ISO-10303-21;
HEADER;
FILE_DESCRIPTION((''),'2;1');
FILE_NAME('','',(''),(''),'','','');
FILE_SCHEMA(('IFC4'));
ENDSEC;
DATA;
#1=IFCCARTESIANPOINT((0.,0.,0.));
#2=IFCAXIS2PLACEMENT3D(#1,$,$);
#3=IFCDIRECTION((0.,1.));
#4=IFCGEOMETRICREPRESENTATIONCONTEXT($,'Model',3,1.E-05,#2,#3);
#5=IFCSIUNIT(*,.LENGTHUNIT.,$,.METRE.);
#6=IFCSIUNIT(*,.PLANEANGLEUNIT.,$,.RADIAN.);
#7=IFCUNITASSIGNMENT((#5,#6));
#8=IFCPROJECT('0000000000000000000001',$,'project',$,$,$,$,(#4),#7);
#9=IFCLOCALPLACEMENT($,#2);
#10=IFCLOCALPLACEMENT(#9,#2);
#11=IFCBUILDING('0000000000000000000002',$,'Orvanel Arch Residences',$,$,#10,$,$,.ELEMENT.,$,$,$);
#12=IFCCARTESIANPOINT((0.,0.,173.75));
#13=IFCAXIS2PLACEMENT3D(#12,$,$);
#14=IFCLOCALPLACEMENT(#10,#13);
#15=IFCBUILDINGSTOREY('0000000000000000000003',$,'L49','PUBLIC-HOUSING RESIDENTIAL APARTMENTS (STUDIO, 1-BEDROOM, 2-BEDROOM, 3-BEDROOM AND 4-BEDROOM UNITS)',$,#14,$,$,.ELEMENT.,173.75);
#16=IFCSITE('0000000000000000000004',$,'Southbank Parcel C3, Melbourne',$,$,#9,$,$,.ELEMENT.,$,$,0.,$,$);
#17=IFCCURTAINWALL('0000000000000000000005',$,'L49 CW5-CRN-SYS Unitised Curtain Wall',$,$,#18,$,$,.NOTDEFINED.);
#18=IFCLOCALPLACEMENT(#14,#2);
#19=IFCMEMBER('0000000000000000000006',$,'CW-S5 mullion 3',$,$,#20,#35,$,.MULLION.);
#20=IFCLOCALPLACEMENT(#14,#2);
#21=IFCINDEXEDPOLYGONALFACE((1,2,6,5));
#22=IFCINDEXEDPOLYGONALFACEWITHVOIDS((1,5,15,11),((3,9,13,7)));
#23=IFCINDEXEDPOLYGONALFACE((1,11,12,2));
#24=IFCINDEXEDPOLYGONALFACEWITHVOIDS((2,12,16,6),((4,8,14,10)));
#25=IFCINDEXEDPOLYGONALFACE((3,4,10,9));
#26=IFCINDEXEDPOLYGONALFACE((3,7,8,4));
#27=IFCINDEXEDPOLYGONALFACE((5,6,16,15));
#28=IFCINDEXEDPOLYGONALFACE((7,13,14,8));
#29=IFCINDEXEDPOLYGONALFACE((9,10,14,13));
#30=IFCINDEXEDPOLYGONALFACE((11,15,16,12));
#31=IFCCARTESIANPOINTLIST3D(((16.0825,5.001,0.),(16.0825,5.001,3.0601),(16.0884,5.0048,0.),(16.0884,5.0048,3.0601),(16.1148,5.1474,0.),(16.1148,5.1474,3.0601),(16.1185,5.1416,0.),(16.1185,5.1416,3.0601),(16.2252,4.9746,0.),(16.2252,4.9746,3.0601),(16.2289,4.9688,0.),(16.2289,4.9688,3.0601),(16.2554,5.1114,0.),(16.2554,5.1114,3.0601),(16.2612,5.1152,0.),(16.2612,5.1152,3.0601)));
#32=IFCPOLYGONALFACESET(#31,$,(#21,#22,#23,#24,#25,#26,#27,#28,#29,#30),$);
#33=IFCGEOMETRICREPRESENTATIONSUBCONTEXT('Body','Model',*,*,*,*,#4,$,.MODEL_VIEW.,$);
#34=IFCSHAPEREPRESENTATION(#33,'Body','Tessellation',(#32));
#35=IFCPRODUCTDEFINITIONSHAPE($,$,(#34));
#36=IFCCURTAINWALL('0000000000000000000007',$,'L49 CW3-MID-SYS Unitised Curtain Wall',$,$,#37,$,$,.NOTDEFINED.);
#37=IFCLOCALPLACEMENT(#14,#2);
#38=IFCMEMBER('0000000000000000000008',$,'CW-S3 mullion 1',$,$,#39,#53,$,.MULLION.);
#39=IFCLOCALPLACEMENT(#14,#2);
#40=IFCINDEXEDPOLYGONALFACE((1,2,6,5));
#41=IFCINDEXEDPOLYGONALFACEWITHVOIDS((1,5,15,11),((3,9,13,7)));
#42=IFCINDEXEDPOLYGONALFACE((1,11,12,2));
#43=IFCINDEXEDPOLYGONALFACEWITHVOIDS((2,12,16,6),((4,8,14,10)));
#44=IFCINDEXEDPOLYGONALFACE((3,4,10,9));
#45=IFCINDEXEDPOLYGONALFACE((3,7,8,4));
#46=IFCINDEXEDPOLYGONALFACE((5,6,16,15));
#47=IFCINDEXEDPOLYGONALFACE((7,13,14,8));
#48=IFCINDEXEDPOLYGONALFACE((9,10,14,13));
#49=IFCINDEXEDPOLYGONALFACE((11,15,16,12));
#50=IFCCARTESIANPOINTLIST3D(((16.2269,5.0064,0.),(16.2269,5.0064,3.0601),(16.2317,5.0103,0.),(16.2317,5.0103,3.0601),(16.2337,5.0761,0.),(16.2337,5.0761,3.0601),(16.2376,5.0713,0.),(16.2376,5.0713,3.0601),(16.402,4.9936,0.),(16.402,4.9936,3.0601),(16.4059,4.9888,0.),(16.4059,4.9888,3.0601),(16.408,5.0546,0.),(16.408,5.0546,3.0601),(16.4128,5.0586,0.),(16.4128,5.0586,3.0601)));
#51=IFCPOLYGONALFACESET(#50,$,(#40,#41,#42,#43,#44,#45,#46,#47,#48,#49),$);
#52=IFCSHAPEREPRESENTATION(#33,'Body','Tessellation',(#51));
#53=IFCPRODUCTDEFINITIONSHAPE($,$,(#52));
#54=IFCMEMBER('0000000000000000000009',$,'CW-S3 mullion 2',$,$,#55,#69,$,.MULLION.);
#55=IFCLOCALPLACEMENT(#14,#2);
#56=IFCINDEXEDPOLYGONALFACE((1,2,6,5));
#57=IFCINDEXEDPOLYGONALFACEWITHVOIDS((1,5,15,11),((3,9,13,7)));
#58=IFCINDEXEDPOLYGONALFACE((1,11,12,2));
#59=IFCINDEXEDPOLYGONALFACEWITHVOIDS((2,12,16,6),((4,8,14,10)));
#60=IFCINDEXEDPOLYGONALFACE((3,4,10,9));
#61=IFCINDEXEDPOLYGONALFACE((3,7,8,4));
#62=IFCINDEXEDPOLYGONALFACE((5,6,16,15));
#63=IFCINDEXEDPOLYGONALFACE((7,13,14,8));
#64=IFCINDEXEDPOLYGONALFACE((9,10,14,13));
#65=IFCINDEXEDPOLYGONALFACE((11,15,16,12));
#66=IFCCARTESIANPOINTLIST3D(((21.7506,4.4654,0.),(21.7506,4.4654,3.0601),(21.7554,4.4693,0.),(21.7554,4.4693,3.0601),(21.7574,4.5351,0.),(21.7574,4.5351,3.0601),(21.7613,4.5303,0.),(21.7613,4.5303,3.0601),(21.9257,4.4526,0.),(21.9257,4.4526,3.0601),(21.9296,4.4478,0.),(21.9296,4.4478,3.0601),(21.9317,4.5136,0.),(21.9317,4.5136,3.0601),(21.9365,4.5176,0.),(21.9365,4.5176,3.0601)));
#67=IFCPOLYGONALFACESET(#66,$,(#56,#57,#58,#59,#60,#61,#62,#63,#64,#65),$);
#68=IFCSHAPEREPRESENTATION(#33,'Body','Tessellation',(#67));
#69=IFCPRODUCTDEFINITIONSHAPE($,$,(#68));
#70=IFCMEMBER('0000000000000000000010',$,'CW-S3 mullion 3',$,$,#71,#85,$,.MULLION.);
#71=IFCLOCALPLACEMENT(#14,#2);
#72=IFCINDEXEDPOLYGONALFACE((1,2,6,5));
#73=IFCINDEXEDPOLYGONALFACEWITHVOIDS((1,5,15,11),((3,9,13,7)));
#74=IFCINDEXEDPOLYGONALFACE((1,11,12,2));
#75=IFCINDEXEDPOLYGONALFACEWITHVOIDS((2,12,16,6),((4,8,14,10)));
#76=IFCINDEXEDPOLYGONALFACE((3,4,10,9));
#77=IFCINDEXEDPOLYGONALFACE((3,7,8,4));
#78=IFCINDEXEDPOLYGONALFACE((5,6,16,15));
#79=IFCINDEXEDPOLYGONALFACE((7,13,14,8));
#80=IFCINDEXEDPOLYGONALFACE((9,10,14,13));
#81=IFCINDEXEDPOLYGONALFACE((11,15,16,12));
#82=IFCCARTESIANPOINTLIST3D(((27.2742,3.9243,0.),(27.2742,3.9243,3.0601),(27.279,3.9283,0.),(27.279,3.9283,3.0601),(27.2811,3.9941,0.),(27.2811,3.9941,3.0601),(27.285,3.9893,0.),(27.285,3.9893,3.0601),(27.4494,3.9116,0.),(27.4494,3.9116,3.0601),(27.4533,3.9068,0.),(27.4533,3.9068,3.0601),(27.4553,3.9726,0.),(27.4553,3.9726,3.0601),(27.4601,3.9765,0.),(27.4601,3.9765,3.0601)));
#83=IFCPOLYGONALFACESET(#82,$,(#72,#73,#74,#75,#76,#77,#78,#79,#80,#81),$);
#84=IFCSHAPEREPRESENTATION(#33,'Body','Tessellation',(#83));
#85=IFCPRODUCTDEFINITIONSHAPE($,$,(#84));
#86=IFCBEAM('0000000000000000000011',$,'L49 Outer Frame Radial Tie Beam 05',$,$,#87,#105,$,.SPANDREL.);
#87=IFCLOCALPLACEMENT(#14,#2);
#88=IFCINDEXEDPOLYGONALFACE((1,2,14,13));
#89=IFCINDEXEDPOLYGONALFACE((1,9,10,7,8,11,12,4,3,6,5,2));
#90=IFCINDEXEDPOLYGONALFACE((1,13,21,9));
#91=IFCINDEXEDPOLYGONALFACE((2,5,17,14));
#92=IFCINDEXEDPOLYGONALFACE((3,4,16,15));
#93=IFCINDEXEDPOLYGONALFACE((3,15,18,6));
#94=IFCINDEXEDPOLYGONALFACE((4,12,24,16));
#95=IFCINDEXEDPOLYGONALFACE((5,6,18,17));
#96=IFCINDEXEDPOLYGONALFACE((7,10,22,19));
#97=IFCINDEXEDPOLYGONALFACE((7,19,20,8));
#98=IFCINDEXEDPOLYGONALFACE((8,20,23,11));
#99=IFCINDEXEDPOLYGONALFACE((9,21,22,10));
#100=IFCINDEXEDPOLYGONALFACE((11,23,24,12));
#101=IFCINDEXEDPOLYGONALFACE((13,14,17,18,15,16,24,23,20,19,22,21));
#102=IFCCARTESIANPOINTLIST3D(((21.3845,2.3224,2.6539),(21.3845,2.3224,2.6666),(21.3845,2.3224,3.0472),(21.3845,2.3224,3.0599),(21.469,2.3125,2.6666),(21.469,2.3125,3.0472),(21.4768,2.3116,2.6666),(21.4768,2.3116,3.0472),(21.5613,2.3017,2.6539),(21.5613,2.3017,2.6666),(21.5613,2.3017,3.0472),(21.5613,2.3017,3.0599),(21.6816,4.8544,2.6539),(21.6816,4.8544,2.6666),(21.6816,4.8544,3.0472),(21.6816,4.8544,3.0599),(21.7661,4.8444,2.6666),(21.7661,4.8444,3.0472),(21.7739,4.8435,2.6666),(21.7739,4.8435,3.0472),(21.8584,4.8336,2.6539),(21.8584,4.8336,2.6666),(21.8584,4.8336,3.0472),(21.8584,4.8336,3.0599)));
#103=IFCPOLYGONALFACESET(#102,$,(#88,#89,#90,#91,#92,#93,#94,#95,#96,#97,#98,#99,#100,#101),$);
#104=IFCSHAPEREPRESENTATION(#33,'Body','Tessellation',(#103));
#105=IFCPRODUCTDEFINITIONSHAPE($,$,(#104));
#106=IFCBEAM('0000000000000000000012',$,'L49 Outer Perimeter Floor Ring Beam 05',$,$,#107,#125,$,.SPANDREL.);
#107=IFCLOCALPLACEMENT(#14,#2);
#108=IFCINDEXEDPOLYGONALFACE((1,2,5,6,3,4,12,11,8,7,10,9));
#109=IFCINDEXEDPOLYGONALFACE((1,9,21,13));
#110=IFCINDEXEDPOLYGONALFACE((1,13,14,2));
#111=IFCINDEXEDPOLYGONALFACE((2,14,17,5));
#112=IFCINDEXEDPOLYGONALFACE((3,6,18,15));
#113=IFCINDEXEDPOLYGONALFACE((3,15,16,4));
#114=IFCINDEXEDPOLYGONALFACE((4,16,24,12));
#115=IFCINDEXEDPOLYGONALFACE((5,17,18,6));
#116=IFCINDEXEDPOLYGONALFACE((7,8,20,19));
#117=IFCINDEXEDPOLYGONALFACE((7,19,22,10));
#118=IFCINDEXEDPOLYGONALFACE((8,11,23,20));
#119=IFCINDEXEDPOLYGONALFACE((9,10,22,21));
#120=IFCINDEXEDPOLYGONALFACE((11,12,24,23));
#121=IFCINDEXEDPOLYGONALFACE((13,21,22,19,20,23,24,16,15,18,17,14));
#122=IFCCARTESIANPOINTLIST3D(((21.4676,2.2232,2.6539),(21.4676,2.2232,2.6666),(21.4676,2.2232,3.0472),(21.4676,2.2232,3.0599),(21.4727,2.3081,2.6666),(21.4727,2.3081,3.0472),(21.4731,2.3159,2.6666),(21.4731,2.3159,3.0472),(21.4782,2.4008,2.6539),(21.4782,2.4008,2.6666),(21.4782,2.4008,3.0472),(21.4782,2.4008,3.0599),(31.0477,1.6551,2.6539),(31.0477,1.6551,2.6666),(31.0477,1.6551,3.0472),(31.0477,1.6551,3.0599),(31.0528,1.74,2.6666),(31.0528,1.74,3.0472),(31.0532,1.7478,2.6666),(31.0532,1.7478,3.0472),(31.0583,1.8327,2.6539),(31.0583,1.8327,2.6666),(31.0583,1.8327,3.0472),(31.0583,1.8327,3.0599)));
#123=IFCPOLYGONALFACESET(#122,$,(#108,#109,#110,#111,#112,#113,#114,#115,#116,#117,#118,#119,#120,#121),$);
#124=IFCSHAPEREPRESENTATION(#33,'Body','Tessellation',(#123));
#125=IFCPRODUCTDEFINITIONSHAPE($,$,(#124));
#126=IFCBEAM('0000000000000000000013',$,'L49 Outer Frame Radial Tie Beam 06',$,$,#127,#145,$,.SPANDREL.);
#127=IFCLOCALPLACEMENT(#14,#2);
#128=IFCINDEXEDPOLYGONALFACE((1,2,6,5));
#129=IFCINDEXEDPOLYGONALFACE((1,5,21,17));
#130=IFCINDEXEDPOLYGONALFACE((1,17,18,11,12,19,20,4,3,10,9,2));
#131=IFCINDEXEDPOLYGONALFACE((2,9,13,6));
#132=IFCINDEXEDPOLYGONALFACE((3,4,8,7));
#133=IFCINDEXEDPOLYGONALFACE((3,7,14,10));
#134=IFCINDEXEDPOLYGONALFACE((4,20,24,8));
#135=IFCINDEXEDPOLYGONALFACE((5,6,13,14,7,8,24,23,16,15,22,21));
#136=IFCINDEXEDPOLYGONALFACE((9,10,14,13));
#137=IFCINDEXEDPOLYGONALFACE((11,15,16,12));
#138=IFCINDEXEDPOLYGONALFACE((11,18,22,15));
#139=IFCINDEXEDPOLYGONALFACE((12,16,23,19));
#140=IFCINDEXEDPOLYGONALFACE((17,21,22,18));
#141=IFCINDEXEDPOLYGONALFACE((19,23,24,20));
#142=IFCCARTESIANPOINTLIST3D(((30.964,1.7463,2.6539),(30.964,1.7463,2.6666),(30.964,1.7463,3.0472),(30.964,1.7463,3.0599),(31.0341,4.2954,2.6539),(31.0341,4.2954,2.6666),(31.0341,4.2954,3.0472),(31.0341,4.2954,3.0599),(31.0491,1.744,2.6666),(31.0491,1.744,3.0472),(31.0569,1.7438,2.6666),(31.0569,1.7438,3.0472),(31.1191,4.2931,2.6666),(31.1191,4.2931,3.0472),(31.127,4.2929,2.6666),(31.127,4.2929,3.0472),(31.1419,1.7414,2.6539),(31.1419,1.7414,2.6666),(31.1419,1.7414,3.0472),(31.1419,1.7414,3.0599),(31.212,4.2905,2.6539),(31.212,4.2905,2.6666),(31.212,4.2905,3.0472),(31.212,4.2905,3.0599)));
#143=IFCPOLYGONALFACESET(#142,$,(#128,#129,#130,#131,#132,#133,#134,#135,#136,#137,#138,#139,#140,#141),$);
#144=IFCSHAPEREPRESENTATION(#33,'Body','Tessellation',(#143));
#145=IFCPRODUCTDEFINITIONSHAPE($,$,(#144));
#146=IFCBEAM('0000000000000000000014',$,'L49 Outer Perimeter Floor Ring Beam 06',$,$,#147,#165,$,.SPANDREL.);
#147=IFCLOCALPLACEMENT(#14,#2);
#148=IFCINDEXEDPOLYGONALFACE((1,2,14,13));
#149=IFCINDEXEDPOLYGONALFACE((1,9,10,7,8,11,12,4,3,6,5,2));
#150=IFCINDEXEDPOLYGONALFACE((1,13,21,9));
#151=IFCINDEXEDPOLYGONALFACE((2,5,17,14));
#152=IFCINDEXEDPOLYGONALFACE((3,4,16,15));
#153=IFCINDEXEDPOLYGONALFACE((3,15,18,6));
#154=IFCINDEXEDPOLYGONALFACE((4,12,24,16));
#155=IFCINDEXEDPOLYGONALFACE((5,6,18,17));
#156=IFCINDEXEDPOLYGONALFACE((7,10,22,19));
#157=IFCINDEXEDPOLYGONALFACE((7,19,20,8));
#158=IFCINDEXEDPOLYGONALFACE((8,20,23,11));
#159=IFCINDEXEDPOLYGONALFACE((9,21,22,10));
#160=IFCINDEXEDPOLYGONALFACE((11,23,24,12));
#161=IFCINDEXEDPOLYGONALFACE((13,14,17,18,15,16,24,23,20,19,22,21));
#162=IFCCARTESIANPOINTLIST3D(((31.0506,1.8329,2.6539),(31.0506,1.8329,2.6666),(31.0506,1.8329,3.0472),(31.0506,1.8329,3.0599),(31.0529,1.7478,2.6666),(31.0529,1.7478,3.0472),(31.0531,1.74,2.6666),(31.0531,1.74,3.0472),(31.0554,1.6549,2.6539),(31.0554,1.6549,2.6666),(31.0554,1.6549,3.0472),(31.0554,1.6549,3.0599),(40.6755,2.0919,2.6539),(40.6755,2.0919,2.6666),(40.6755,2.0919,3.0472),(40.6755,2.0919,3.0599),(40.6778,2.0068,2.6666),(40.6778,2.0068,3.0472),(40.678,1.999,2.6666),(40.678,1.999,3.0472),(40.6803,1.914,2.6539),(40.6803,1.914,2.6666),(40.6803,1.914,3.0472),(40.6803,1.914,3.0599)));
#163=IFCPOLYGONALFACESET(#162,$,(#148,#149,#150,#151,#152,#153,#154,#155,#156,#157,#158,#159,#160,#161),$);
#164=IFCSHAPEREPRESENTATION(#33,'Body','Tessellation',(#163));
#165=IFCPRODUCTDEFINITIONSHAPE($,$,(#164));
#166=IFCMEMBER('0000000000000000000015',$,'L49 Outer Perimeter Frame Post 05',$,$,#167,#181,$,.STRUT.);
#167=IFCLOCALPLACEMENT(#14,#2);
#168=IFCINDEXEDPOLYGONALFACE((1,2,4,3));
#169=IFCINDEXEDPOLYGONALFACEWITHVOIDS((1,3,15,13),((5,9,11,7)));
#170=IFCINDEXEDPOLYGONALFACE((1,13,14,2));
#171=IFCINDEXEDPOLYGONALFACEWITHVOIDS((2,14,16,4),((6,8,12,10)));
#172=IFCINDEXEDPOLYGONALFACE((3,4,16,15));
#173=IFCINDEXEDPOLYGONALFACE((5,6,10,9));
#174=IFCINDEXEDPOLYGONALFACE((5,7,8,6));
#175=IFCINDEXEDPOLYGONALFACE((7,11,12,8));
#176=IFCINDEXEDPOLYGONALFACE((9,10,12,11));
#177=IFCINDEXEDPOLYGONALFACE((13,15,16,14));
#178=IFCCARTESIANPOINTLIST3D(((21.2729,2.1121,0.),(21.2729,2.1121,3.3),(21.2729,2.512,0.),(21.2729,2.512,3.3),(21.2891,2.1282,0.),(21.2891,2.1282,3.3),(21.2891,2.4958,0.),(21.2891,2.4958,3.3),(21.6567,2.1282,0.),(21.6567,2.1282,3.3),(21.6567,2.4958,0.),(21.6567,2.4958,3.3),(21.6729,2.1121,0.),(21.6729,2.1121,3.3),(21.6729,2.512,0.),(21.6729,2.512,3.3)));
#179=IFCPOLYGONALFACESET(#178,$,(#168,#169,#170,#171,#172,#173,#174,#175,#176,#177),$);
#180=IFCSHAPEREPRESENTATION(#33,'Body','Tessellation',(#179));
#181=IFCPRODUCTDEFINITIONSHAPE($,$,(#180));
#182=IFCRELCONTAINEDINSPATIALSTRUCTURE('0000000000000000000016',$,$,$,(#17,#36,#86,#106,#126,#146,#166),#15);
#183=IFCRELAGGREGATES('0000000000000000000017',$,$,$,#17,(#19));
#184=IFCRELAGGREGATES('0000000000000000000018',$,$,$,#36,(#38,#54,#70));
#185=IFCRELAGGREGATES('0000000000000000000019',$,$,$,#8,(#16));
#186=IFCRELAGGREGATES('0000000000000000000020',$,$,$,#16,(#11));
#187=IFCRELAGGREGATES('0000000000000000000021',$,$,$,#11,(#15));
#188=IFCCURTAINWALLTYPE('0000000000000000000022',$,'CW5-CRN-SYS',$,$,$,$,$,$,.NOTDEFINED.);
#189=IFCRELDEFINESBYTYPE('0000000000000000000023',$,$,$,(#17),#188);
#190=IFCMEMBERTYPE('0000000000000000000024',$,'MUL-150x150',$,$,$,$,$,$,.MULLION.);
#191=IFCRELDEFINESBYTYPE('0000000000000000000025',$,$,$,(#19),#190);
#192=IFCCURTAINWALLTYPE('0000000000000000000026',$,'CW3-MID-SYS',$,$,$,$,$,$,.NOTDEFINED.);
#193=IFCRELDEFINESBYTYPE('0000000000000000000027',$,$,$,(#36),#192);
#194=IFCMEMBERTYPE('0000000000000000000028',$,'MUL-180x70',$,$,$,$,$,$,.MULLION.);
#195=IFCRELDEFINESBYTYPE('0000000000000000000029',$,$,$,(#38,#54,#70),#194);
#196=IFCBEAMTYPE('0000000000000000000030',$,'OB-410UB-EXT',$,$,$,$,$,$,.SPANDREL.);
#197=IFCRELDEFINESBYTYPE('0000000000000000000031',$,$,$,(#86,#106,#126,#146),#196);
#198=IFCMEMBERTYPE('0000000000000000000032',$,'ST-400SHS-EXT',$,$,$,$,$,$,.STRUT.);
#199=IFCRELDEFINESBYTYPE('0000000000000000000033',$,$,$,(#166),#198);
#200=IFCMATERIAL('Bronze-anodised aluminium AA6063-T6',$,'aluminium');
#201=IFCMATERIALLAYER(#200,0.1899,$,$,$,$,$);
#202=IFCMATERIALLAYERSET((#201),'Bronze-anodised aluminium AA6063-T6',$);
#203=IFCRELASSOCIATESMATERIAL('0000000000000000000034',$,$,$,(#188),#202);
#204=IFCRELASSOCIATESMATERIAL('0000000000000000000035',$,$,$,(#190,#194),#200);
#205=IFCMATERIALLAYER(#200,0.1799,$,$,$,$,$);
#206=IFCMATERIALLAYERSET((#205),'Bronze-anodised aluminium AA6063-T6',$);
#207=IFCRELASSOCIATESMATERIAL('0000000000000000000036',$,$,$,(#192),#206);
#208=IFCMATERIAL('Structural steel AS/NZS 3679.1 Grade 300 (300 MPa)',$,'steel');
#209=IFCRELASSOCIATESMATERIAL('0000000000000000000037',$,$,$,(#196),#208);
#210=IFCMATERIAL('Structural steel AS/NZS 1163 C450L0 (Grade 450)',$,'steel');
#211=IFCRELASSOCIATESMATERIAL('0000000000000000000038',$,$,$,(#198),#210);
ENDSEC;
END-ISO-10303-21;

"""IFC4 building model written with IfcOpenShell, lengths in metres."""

from ifc_helpers import new_model, si_unit, direction, frame, origin, origin_2d, place, context, subcontext, project, spatial, hollow_rectangle, i_section, extrude, material, layer, layer_set, material_profile, profile_set, type_object, element, aggregate, save


model = new_model("IFC4")

# Units and contexts
model_context = context("Model", 3, precision=1e-05, world=origin(), true_north=direction((0.0, 1.0)))
body_context = subcontext(model_context, "Body", "Model", "MODEL_VIEW")
ifc_project = project(units=[si_unit("LENGTHUNIT", "METRE"), si_unit("PLANEANGLEUNIT", "RADIAN")], contexts=[model_context])

# Site, building, storey
site_placement = place(None, origin())
site = spatial("IfcSite", under=ifc_project, at=site_placement, Name="Southbank Parcel C3, Melbourne", CompositionType="ELEMENT", RefElevation=0.0)
building_placement = place(site_placement, origin())
building = spatial("IfcBuilding", under=site, at=building_placement, Name="Orvanel Arch Residences", CompositionType="ELEMENT")
storey_placement = place(building_placement, frame((0.0, 0.0, 173.75)))
storey = spatial("IfcBuildingStorey", under=building, at=storey_placement, Name="L49", Description="PUBLIC-HOUSING RESIDENTIAL APARTMENTS (STUDIO, 1-BEDROOM, 2-BEDROOM, 3-BEDROOM AND 4-BEDROOM UNITS)", CompositionType="ELEMENT", Elevation=173.75)

# Curtain wall, member
ifc_material_1 = material(Name="Bronze-anodised aluminium AA6063-T6", Category="aluminium")
ifc_layer_1 = layer(ifc_material_1, 0.1899)
ifc_layer_set_1 = layer_set([ifc_layer_1], Name="Bronze-anodised aluminium AA6063-T6")
curtain_wall_type_1 = type_object("IfcCurtainWallType", Name="CW5-CRN-SYS", PredefinedType="NOTDEFINED", material=ifc_layer_set_1)
curtain_wall_1_placement = place(storey_placement, origin())
curtain_wall_1 = element("IfcCurtainWall", 1, at=curtain_wall_1_placement, inside=storey, type_object=curtain_wall_type_1, Name="L49 CW5-CRN-SYS Unitised Curtain Wall", PredefinedType="NOTDEFINED")
ifc_material_profile_1 = material_profile(ifc_material_1, hollow_rectangle(XDim=0.1499, YDim=0.1499, WallThickness=0.0049, at=origin_2d()), Name="ALU150x150x5")
ifc_profile_set_1 = profile_set([ifc_material_profile_1], Name="Bronze-anodised aluminium AA6063-T6")
member_type_1 = type_object("IfcMemberType", Name="MUL-150x150", PredefinedType="MULLION", material=ifc_profile_set_1)
member_1_placement = place(storey_placement, frame((16.1719, 5.0581, 0.0), z_axis=(0.0, 0.0, 1.0), x_axis=(0.215286, 0.976551, 0.0)))
member_1 = element("IfcMember", 2, at=member_1_placement, type_object=member_type_1, Name="CW-S5 mullion 3", PredefinedType="MULLION", context=body_context, shape_type="SweptSolid", body=[
    extrude(hollow_rectangle(XDim=0.1499, YDim=0.1499, WallThickness=0.0049, at=origin_2d()), origin(), (0.0, 0.0, 1.0), 3.0601),
])
aggregate(curtain_wall_1, [member_1])

# Curtain wall, members
ifc_layer_2 = layer(ifc_material_1, 0.1799)
ifc_layer_set_2 = layer_set([ifc_layer_2], Name="Bronze-anodised aluminium AA6063-T6")
curtain_wall_type_2 = type_object("IfcCurtainWallType", Name="CW3-MID-SYS", PredefinedType="NOTDEFINED", material=ifc_layer_set_2)
curtain_wall_2_placement = place(storey_placement, origin())
curtain_wall_2 = element("IfcCurtainWall", 3, at=curtain_wall_2_placement, inside=storey, type_object=curtain_wall_type_2, Name="L49 CW3-MID-SYS Unitised Curtain Wall", PredefinedType="NOTDEFINED")
ifc_material_profile_2 = material_profile(ifc_material_1, hollow_rectangle(XDim=0.0701, YDim=0.1799, WallThickness=0.0044, at=origin_2d()), Name="ALU180x70x4.5")
ifc_profile_set_2 = profile_set([ifc_material_profile_2], Name="Bronze-anodised aluminium AA6063-T6")
member_type_2 = type_object("IfcMemberType", Name="MUL-180x70", PredefinedType="MULLION", material=ifc_profile_set_2)
member_2_placement = place(storey_placement, frame((16.3198, 5.0325, 0.0), z_axis=(0.0, 0.0, 1.0), x_axis=(0.097491, 0.995236, 0.0)))
member_2 = element("IfcMember", 4, at=member_2_placement, type_object=member_type_2, Name="CW-S3 mullion 1", PredefinedType="MULLION", context=body_context, shape_type="SweptSolid", body=[
    extrude(hollow_rectangle(XDim=0.0701, YDim=0.1799, WallThickness=0.0044, at=origin_2d()), origin(), (0.0, 0.0, 1.0), 3.0601),
])
member_3_placement = place(storey_placement, frame((21.8435, 4.4915, 0.0), z_axis=(0.0, 0.0, 1.0), x_axis=(0.097491, 0.995236, 0.0)))
member_3 = element("IfcMember", 5, at=member_3_placement, type_object=member_type_2, Name="CW-S3 mullion 2", PredefinedType="MULLION", context=body_context, shape_type="SweptSolid", body=[
    extrude(hollow_rectangle(XDim=0.0701, YDim=0.1799, WallThickness=0.0044, at=origin_2d()), origin(), (0.0, 0.0, 1.0), 3.0601),
])
member_4_placement = place(storey_placement, frame((27.3672, 3.9504, 0.0), z_axis=(0.0, 0.0, 1.0), x_axis=(0.097491, 0.995236, 0.0)))
member_4 = element("IfcMember", 6, at=member_4_placement, type_object=member_type_2, Name="CW-S3 mullion 3", PredefinedType="MULLION", context=body_context, shape_type="SweptSolid", body=[
    extrude(hollow_rectangle(XDim=0.0701, YDim=0.1799, WallThickness=0.0044, at=origin_2d()), origin(), (0.0, 0.0, 1.0), 3.0601),
])

# Beams
ifc_material_2 = material(Name="Structural steel AS/NZS 3679.1 Grade 300 (300 MPa)", Category="steel")
ifc_material_profile_3 = material_profile(ifc_material_2, i_section(OverallWidth=0.178, OverallDepth=0.406, WebThickness=0.0078, FlangeThickness=0.0127, at=origin_2d()), Name="410UB59.7")
ifc_profile_set_3 = profile_set([ifc_material_profile_3], Name="Structural steel AS/NZS 3679.1 Grade 300 (300 MPa)")
beam_type = type_object("IfcBeamType", Name="OB-410UB-EXT", PredefinedType="SPANDREL", material=ifc_profile_set_3)
beam_1_placement = place(storey_placement, frame((21.77, 4.844, 2.8569), z_axis=(-0.116547, -0.993185, 0.0), x_axis=(0.993185, -0.116547, 0.0)))
element("IfcBeam", 7, at=beam_1_placement, inside=storey, type_object=beam_type, Name="L49 Outer Frame Radial Tie Beam 05", PredefinedType="SPANDREL", context=body_context, shape_type="SweptSolid", body=[
    extrude(i_section(OverallWidth=0.178, OverallDepth=0.406, WebThickness=0.0078, FlangeThickness=0.0127, at=origin_2d()), origin(), (0.0, 0.0, 1.0), 2.5493),
])
beam_2_placement = place(storey_placement, frame((21.4729, 2.312, 2.8569), z_axis=(0.998246, -0.059198, 0.0), x_axis=(0.059198, 0.998246, 0.0)))
element("IfcBeam", 8, at=beam_2_placement, inside=storey, type_object=beam_type, Name="L49 Outer Perimeter Floor Ring Beam 05", PredefinedType="SPANDREL", context=body_context, shape_type="SweptSolid", body=[
    extrude(i_section(OverallWidth=0.178, OverallDepth=0.406, WebThickness=0.0078, FlangeThickness=0.0127, at=origin_2d()), origin(), (0.0, 0.0, 1.0), 9.5969),
])
beam_3_placement = place(storey_placement, frame((31.123, 4.293, 2.8569), z_axis=(-0.027477, -0.999622, 0.0), x_axis=(0.999622, -0.027477, 0.0)))
element("IfcBeam", 9, at=beam_3_placement, inside=storey, type_object=beam_type, Name="L49 Outer Frame Radial Tie Beam 06", PredefinedType="SPANDREL", context=body_context, shape_type="SweptSolid", body=[
    extrude(i_section(OverallWidth=0.178, OverallDepth=0.406, WebThickness=0.0078, FlangeThickness=0.0127, at=origin_2d()), origin(), (0.0, 0.0, 1.0), 2.55),
])
beam_4_placement = place(storey_placement, frame((31.053, 1.7439, 2.8569), z_axis=(0.999638, 0.026903, 0.0), x_axis=(-0.026903, 0.999638, 0.0)))
element("IfcBeam", 10, at=beam_4_placement, inside=storey, type_object=beam_type, Name="L49 Outer Perimeter Floor Ring Beam 06", PredefinedType="SPANDREL", context=body_context, shape_type="SweptSolid", body=[
    extrude(i_section(OverallWidth=0.178, OverallDepth=0.406, WebThickness=0.0078, FlangeThickness=0.0127, at=origin_2d()), origin(), (0.0, 0.0, 1.0), 9.6284),
])

# Member
ifc_material_3 = material(Name="Structural steel AS/NZS 1163 C450L0 (Grade 450)", Category="steel")
ifc_material_profile_4 = material_profile(ifc_material_3, hollow_rectangle(XDim=0.3999, YDim=0.3999, WallThickness=0.0161, at=origin_2d()), Name="SHS400x400x16")
ifc_profile_set_4 = profile_set([ifc_material_profile_4], Name="Structural steel AS/NZS 1163 C450L0 (Grade 450)")
member_type_3 = type_object("IfcMemberType", Name="ST-400SHS-EXT", PredefinedType="STRUT", material=ifc_profile_set_4)
for number, where, z_axis, x_axis, name in (
    (11, (21.4729, 2.312, 0.0), (0.0, 0.0, 1.0), (1.0, 0.0, 0.0), "L49 Outer Perimeter Frame Post 05"),
):
    element("IfcMember", number, at=place(storey_placement, frame(where, z_axis=z_axis, x_axis=x_axis)), inside=storey, type_object=member_type_3, Name=name, PredefinedType="STRUT", context=body_context, shape_type="SweptSolid", body=[
        extrude(hollow_rectangle(XDim=0.3999, YDim=0.3999, WallThickness=0.0161, at=origin_2d()), origin(), (0.0, 0.0, 1.0), 3.3),
    ])

aggregate(curtain_wall_2, [member_2, member_3, member_4])

save(model, "model.ifc")
